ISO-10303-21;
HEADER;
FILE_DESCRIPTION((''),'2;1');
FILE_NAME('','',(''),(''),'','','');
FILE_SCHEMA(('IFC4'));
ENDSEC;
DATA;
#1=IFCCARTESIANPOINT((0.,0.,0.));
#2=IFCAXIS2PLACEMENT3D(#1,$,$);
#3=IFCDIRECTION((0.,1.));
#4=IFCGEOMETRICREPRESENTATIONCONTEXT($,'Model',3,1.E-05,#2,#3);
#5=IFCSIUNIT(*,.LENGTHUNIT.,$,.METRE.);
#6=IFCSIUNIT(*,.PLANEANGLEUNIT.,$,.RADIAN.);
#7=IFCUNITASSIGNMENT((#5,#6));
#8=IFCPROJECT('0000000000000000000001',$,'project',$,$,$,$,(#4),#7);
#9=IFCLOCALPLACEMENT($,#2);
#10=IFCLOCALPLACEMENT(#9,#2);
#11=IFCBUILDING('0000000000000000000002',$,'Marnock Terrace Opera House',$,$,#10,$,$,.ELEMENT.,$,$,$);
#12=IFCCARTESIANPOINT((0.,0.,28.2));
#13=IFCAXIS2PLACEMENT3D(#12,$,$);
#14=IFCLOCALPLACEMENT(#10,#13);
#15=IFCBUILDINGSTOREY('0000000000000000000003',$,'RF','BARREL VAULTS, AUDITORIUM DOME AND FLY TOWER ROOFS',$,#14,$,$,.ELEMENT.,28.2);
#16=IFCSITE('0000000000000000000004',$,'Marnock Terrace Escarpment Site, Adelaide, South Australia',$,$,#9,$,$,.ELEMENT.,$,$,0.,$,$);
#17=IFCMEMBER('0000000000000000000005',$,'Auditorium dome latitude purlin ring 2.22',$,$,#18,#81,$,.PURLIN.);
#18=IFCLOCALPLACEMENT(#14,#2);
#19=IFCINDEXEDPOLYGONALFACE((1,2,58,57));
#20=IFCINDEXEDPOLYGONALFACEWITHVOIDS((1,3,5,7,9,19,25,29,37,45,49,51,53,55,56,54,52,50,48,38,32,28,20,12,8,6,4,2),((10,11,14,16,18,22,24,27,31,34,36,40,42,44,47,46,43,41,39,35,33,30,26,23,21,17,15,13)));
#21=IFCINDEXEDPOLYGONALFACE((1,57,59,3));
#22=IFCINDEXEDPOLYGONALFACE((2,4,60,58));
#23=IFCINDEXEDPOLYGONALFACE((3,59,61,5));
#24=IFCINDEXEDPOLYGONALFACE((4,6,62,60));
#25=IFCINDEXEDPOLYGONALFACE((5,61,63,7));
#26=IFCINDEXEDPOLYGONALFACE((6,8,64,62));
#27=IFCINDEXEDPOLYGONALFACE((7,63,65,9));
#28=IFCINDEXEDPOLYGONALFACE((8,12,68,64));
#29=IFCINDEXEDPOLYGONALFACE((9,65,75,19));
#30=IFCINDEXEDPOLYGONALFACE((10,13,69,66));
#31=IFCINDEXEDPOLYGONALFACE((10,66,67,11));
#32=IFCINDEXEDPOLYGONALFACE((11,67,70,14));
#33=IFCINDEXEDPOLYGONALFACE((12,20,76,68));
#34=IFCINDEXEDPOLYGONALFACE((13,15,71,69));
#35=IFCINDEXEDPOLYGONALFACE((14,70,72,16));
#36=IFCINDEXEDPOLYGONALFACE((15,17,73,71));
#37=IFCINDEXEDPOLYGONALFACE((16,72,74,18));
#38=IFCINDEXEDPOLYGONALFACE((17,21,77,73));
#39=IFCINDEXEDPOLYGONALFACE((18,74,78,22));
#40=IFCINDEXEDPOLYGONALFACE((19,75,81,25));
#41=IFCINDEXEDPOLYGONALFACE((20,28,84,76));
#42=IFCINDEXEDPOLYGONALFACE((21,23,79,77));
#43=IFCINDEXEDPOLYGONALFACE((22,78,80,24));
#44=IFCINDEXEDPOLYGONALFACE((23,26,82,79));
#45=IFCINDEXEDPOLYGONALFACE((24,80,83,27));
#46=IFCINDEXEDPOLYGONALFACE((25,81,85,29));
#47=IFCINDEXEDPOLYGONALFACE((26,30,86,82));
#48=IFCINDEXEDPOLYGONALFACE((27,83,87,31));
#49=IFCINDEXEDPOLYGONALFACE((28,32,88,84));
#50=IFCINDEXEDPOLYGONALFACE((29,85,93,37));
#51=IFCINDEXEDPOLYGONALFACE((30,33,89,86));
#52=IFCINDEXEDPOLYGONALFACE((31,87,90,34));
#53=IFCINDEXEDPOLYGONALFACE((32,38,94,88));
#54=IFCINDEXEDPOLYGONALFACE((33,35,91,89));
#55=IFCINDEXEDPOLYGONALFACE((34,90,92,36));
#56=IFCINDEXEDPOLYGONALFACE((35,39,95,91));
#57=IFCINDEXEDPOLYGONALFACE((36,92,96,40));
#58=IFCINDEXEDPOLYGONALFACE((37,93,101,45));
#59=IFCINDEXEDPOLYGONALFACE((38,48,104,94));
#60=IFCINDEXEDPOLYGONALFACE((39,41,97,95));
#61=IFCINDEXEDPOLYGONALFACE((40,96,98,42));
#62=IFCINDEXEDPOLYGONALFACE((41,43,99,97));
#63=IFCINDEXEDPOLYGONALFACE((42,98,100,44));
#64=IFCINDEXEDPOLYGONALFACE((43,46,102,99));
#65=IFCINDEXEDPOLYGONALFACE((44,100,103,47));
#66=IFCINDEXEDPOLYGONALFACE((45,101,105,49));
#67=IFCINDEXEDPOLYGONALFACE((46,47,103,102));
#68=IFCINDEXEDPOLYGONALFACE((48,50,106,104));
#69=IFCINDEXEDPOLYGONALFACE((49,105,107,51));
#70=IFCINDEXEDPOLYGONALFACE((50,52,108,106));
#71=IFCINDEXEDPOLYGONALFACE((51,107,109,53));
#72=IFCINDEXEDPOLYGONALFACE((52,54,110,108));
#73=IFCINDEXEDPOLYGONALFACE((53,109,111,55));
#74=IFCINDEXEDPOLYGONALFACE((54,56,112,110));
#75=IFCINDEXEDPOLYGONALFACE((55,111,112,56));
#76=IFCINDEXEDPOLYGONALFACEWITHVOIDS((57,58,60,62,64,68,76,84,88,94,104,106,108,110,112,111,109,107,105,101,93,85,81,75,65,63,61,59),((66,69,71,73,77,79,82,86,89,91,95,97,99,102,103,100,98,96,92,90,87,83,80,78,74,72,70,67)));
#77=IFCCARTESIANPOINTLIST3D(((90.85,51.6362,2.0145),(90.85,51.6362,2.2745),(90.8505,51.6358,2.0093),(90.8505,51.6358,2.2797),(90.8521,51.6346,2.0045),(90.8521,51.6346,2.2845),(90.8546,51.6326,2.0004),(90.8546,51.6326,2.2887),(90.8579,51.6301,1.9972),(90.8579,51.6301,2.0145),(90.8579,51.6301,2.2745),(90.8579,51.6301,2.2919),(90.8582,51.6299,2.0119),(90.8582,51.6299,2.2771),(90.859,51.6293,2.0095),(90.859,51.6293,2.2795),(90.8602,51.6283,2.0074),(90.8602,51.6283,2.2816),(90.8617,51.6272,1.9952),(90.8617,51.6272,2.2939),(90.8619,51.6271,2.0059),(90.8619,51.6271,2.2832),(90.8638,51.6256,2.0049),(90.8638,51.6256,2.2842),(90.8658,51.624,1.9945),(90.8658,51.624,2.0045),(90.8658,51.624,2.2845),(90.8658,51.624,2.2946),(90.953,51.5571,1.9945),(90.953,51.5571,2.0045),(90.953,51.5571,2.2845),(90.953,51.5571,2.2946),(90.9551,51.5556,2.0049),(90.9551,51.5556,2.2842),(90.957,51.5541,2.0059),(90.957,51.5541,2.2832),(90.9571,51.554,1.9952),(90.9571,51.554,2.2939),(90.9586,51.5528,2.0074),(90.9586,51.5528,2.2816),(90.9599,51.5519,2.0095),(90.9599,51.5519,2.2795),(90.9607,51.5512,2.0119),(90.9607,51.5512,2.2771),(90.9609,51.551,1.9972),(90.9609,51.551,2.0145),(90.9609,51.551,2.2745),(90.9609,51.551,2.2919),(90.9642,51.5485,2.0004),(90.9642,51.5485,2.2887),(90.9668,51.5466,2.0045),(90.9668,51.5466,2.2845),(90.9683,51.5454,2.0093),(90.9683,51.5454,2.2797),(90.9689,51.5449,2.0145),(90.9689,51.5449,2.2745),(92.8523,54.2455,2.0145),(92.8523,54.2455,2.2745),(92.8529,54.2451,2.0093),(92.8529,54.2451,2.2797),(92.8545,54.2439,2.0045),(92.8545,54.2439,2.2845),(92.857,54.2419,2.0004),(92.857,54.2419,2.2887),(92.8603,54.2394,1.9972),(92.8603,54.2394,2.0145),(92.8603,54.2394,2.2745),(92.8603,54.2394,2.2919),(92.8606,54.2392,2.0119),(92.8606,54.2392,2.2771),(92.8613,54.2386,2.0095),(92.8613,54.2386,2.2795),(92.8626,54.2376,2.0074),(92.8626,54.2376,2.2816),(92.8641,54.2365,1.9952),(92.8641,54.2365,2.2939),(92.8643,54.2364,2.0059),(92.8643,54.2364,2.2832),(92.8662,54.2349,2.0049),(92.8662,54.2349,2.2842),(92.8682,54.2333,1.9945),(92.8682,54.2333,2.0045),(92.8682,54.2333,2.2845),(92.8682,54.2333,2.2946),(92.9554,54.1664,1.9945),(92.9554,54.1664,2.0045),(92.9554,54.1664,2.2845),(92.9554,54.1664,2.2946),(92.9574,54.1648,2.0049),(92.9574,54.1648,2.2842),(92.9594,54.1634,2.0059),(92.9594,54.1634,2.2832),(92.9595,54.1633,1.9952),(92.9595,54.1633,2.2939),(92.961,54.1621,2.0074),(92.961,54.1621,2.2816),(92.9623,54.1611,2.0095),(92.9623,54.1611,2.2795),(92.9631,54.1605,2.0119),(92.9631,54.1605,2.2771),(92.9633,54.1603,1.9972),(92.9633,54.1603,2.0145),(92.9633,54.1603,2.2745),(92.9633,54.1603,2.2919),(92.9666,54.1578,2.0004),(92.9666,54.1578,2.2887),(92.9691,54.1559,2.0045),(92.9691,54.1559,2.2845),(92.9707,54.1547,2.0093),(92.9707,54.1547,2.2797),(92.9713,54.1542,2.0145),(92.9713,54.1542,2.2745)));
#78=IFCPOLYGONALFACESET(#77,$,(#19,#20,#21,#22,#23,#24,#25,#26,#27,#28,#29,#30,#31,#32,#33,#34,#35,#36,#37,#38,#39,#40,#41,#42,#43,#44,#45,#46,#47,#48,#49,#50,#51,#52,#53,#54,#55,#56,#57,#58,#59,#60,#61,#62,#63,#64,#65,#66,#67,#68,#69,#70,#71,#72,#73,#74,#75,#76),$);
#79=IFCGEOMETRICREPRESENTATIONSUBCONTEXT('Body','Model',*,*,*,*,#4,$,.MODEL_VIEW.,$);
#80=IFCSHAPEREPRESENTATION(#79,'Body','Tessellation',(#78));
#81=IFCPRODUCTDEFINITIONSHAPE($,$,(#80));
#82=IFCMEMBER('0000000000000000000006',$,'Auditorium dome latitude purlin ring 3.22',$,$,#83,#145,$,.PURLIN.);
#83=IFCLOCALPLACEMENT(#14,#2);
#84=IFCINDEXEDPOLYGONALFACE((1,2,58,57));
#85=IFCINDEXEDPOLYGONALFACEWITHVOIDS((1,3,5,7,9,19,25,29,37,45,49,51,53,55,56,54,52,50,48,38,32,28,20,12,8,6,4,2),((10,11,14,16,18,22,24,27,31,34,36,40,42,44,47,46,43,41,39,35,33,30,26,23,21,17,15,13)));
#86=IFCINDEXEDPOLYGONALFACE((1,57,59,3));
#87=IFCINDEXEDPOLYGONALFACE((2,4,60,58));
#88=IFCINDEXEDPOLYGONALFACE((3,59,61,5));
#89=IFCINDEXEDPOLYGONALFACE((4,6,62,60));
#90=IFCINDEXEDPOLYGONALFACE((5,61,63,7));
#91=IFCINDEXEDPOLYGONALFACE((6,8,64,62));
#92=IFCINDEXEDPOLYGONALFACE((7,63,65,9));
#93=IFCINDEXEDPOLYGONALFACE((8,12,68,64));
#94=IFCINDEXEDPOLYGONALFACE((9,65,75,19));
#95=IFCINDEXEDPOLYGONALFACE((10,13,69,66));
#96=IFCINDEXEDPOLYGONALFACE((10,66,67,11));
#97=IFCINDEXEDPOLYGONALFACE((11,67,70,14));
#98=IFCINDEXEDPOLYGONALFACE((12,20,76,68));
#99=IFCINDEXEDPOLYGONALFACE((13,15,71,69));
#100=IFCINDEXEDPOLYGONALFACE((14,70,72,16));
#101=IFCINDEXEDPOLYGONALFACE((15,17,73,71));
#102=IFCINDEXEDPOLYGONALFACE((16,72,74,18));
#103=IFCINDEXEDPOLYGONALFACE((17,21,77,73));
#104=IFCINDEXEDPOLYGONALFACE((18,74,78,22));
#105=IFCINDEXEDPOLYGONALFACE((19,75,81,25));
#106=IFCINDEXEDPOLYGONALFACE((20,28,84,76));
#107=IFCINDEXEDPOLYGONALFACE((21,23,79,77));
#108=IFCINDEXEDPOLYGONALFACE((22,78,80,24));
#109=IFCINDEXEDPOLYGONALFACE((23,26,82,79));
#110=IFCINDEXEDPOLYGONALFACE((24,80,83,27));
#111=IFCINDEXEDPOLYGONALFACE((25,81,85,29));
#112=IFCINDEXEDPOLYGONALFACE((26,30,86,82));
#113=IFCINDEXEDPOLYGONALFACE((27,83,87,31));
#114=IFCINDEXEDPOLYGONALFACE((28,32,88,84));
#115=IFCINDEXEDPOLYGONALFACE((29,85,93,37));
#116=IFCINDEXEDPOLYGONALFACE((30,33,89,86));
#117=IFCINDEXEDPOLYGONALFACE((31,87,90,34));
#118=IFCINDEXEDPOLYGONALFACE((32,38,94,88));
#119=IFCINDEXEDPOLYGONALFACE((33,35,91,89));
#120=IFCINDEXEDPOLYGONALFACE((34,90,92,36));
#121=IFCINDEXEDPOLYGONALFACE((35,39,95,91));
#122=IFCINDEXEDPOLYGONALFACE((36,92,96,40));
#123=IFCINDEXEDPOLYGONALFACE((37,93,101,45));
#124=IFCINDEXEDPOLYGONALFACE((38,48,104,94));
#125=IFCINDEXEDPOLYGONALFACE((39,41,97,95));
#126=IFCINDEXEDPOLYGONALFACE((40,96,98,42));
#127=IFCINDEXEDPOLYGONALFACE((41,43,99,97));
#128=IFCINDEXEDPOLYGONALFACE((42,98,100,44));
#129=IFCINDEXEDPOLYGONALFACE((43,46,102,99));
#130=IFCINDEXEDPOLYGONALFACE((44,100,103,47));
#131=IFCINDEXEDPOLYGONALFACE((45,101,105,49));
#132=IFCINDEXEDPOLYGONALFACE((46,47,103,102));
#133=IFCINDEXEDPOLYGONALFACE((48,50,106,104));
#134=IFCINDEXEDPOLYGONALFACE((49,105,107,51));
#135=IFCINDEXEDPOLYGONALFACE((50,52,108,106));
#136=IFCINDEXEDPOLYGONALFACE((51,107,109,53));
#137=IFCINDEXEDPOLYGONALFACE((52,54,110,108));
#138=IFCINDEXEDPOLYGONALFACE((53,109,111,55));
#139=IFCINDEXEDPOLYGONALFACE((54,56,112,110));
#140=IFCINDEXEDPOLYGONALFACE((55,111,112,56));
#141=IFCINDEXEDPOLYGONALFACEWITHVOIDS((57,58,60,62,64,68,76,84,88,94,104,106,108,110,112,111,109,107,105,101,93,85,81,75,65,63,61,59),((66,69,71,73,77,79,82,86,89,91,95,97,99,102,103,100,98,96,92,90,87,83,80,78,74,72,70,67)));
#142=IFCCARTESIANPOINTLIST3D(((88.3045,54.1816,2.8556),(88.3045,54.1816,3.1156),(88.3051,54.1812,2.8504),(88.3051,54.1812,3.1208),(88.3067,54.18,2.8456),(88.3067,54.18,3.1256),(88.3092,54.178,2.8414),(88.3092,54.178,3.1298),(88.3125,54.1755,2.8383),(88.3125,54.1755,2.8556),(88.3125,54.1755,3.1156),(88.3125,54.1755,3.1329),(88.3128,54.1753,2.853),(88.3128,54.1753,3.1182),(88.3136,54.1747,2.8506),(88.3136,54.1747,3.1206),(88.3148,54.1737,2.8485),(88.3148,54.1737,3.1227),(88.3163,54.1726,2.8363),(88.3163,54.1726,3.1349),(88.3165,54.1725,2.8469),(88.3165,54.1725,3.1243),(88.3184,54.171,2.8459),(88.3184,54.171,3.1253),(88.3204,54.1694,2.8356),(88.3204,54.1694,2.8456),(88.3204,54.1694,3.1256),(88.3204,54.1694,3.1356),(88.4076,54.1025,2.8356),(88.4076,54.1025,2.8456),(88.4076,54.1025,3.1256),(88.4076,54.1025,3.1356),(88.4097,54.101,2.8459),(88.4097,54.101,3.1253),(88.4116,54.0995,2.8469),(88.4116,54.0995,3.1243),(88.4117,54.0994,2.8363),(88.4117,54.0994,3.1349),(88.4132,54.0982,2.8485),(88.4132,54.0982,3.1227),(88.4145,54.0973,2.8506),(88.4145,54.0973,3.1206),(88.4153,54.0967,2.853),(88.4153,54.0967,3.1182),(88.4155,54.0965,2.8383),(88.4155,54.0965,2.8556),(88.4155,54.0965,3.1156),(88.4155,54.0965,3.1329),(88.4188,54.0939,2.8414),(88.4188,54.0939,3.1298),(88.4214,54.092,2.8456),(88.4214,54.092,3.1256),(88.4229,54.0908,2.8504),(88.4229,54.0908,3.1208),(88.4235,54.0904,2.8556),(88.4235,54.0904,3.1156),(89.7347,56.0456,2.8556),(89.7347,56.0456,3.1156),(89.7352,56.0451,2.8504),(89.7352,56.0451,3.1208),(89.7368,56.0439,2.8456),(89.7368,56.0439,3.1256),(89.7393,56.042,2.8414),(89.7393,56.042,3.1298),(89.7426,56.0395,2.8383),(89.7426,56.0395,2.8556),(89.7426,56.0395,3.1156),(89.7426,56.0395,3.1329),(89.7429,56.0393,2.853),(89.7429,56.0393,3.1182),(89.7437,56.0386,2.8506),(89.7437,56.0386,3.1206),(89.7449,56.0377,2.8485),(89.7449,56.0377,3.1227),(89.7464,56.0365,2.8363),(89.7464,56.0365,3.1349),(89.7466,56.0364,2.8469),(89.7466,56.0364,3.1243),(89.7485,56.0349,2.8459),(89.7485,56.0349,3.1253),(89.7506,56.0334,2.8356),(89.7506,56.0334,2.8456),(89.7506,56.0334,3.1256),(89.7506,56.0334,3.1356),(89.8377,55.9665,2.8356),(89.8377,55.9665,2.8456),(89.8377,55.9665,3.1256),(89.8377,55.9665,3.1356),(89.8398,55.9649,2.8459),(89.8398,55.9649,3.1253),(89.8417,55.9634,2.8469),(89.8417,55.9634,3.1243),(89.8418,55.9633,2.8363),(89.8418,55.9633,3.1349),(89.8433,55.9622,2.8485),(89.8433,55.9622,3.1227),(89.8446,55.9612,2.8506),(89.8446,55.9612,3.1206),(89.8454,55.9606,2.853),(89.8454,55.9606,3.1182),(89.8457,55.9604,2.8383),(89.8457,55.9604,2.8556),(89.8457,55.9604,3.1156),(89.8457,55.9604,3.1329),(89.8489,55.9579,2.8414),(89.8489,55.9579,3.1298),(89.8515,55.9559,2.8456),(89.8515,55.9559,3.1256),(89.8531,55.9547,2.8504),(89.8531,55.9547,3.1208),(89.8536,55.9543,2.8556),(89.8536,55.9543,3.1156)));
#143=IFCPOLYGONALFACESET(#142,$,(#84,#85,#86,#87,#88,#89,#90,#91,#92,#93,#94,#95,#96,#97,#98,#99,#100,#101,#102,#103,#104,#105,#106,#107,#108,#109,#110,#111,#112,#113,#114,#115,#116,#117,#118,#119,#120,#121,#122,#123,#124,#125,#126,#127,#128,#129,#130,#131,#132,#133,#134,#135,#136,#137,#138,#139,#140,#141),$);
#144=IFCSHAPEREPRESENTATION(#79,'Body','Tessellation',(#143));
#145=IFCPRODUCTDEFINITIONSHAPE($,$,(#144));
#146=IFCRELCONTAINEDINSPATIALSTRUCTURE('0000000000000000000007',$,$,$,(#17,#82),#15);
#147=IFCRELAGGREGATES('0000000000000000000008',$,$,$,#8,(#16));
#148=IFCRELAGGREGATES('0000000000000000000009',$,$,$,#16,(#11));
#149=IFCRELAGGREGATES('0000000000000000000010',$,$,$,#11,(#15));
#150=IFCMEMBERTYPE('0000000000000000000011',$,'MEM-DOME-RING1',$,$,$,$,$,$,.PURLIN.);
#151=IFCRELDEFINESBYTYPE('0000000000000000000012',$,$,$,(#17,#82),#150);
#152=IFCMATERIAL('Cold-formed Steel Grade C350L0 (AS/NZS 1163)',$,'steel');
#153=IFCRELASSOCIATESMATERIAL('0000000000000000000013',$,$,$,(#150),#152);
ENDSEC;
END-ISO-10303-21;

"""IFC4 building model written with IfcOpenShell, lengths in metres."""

from ifc_helpers import new_model, si_unit, direction, frame, origin, origin_2d, place, context, subcontext, project, spatial, hollow_rectangle, extrude, material, material_profile, profile_set, type_object, element, save


model = new_model("IFC4")

# Units and contexts
model_context = context("Model", 3, precision=1e-05, world=origin(), true_north=direction((0.0, 1.0)))
body_context = subcontext(model_context, "Body", "Model", "MODEL_VIEW")
ifc_project = project(units=[si_unit("LENGTHUNIT", "METRE"), si_unit("PLANEANGLEUNIT", "RADIAN")], contexts=[model_context])

# Site, building, storey
site_placement = place(None, origin())
site = spatial("IfcSite", under=ifc_project, at=site_placement, Name="Marnock Terrace Escarpment Site, Adelaide, South Australia", CompositionType="ELEMENT", RefElevation=0.0)
building_placement = place(site_placement, origin())
building = spatial("IfcBuilding", under=site, at=building_placement, Name="Marnock Terrace Opera House", CompositionType="ELEMENT")
storey_placement = place(building_placement, frame((0.0, 0.0, 28.2)))
storey = spatial("IfcBuildingStorey", under=building, at=storey_placement, Name="RF", Description="BARREL VAULTS, AUDITORIUM DOME AND FLY TOWER ROOFS", CompositionType="ELEMENT", Elevation=28.2)

# Members
ifc_material_1 = material(Name="Cold-formed Steel Grade C350L0 (AS/NZS 1163)", Category="steel")
ifc_material_profile_1 = material_profile(ifc_material_1, hollow_rectangle(XDim=0.1499, YDim=0.3, WallThickness=0.01, InnerFilletRadius=0.01, OuterFilletRadius=0.02, at=origin_2d()))
ifc_profile_set_1 = profile_set([ifc_material_profile_1], Name="Cold-formed Steel Grade C350L0 (AS/NZS 1163)")
member_type_1 = type_object("IfcMemberType", Name="MEM-DOME-RING1", PredefinedType="PURLIN", material=ifc_profile_set_1)
for number, where, z_axis, x_axis, name in (
    (1, (90.9094, 51.5906, 2.1445), (0.608799, 0.793324, 0.0), (-0.793324, 0.608799, 0.0), "Auditorium dome latitude purlin ring 2.22"),
):
    element("IfcMember", number, at=place(storey_placement, frame(where, z_axis=z_axis, x_axis=x_axis)), inside=storey, type_object=member_type_1, Name=name, PredefinedType="PURLIN", context=body_context, shape_type="SweptSolid", body=[
        extrude(hollow_rectangle(XDim=0.1499, YDim=0.3, WallThickness=0.01, InnerFilletRadius=0.01, OuterFilletRadius=0.02, at=origin_2d()), origin(), (0.0, 0.0, 1.0), 3.2891),
    ])
member_1_placement = place(storey_placement, frame((88.364, 54.136, 2.9856), z_axis=(0.608726, 0.793381, 0.0), x_axis=(-0.793381, 0.608726, 0.0)))
element("IfcMember", 2, at=member_1_placement, inside=storey, type_object=member_type_1, Name="Auditorium dome latitude purlin ring 3.22", PredefinedType="PURLIN", context=body_context, shape_type="SweptSolid", body=[
    extrude(hollow_rectangle(XDim=0.1499, YDim=0.3, WallThickness=0.01, InnerFilletRadius=0.01, OuterFilletRadius=0.02, at=origin_2d()), origin(), (0.0, 0.0, 1.0), 2.3494),
])

save(model, "model.ifc")
